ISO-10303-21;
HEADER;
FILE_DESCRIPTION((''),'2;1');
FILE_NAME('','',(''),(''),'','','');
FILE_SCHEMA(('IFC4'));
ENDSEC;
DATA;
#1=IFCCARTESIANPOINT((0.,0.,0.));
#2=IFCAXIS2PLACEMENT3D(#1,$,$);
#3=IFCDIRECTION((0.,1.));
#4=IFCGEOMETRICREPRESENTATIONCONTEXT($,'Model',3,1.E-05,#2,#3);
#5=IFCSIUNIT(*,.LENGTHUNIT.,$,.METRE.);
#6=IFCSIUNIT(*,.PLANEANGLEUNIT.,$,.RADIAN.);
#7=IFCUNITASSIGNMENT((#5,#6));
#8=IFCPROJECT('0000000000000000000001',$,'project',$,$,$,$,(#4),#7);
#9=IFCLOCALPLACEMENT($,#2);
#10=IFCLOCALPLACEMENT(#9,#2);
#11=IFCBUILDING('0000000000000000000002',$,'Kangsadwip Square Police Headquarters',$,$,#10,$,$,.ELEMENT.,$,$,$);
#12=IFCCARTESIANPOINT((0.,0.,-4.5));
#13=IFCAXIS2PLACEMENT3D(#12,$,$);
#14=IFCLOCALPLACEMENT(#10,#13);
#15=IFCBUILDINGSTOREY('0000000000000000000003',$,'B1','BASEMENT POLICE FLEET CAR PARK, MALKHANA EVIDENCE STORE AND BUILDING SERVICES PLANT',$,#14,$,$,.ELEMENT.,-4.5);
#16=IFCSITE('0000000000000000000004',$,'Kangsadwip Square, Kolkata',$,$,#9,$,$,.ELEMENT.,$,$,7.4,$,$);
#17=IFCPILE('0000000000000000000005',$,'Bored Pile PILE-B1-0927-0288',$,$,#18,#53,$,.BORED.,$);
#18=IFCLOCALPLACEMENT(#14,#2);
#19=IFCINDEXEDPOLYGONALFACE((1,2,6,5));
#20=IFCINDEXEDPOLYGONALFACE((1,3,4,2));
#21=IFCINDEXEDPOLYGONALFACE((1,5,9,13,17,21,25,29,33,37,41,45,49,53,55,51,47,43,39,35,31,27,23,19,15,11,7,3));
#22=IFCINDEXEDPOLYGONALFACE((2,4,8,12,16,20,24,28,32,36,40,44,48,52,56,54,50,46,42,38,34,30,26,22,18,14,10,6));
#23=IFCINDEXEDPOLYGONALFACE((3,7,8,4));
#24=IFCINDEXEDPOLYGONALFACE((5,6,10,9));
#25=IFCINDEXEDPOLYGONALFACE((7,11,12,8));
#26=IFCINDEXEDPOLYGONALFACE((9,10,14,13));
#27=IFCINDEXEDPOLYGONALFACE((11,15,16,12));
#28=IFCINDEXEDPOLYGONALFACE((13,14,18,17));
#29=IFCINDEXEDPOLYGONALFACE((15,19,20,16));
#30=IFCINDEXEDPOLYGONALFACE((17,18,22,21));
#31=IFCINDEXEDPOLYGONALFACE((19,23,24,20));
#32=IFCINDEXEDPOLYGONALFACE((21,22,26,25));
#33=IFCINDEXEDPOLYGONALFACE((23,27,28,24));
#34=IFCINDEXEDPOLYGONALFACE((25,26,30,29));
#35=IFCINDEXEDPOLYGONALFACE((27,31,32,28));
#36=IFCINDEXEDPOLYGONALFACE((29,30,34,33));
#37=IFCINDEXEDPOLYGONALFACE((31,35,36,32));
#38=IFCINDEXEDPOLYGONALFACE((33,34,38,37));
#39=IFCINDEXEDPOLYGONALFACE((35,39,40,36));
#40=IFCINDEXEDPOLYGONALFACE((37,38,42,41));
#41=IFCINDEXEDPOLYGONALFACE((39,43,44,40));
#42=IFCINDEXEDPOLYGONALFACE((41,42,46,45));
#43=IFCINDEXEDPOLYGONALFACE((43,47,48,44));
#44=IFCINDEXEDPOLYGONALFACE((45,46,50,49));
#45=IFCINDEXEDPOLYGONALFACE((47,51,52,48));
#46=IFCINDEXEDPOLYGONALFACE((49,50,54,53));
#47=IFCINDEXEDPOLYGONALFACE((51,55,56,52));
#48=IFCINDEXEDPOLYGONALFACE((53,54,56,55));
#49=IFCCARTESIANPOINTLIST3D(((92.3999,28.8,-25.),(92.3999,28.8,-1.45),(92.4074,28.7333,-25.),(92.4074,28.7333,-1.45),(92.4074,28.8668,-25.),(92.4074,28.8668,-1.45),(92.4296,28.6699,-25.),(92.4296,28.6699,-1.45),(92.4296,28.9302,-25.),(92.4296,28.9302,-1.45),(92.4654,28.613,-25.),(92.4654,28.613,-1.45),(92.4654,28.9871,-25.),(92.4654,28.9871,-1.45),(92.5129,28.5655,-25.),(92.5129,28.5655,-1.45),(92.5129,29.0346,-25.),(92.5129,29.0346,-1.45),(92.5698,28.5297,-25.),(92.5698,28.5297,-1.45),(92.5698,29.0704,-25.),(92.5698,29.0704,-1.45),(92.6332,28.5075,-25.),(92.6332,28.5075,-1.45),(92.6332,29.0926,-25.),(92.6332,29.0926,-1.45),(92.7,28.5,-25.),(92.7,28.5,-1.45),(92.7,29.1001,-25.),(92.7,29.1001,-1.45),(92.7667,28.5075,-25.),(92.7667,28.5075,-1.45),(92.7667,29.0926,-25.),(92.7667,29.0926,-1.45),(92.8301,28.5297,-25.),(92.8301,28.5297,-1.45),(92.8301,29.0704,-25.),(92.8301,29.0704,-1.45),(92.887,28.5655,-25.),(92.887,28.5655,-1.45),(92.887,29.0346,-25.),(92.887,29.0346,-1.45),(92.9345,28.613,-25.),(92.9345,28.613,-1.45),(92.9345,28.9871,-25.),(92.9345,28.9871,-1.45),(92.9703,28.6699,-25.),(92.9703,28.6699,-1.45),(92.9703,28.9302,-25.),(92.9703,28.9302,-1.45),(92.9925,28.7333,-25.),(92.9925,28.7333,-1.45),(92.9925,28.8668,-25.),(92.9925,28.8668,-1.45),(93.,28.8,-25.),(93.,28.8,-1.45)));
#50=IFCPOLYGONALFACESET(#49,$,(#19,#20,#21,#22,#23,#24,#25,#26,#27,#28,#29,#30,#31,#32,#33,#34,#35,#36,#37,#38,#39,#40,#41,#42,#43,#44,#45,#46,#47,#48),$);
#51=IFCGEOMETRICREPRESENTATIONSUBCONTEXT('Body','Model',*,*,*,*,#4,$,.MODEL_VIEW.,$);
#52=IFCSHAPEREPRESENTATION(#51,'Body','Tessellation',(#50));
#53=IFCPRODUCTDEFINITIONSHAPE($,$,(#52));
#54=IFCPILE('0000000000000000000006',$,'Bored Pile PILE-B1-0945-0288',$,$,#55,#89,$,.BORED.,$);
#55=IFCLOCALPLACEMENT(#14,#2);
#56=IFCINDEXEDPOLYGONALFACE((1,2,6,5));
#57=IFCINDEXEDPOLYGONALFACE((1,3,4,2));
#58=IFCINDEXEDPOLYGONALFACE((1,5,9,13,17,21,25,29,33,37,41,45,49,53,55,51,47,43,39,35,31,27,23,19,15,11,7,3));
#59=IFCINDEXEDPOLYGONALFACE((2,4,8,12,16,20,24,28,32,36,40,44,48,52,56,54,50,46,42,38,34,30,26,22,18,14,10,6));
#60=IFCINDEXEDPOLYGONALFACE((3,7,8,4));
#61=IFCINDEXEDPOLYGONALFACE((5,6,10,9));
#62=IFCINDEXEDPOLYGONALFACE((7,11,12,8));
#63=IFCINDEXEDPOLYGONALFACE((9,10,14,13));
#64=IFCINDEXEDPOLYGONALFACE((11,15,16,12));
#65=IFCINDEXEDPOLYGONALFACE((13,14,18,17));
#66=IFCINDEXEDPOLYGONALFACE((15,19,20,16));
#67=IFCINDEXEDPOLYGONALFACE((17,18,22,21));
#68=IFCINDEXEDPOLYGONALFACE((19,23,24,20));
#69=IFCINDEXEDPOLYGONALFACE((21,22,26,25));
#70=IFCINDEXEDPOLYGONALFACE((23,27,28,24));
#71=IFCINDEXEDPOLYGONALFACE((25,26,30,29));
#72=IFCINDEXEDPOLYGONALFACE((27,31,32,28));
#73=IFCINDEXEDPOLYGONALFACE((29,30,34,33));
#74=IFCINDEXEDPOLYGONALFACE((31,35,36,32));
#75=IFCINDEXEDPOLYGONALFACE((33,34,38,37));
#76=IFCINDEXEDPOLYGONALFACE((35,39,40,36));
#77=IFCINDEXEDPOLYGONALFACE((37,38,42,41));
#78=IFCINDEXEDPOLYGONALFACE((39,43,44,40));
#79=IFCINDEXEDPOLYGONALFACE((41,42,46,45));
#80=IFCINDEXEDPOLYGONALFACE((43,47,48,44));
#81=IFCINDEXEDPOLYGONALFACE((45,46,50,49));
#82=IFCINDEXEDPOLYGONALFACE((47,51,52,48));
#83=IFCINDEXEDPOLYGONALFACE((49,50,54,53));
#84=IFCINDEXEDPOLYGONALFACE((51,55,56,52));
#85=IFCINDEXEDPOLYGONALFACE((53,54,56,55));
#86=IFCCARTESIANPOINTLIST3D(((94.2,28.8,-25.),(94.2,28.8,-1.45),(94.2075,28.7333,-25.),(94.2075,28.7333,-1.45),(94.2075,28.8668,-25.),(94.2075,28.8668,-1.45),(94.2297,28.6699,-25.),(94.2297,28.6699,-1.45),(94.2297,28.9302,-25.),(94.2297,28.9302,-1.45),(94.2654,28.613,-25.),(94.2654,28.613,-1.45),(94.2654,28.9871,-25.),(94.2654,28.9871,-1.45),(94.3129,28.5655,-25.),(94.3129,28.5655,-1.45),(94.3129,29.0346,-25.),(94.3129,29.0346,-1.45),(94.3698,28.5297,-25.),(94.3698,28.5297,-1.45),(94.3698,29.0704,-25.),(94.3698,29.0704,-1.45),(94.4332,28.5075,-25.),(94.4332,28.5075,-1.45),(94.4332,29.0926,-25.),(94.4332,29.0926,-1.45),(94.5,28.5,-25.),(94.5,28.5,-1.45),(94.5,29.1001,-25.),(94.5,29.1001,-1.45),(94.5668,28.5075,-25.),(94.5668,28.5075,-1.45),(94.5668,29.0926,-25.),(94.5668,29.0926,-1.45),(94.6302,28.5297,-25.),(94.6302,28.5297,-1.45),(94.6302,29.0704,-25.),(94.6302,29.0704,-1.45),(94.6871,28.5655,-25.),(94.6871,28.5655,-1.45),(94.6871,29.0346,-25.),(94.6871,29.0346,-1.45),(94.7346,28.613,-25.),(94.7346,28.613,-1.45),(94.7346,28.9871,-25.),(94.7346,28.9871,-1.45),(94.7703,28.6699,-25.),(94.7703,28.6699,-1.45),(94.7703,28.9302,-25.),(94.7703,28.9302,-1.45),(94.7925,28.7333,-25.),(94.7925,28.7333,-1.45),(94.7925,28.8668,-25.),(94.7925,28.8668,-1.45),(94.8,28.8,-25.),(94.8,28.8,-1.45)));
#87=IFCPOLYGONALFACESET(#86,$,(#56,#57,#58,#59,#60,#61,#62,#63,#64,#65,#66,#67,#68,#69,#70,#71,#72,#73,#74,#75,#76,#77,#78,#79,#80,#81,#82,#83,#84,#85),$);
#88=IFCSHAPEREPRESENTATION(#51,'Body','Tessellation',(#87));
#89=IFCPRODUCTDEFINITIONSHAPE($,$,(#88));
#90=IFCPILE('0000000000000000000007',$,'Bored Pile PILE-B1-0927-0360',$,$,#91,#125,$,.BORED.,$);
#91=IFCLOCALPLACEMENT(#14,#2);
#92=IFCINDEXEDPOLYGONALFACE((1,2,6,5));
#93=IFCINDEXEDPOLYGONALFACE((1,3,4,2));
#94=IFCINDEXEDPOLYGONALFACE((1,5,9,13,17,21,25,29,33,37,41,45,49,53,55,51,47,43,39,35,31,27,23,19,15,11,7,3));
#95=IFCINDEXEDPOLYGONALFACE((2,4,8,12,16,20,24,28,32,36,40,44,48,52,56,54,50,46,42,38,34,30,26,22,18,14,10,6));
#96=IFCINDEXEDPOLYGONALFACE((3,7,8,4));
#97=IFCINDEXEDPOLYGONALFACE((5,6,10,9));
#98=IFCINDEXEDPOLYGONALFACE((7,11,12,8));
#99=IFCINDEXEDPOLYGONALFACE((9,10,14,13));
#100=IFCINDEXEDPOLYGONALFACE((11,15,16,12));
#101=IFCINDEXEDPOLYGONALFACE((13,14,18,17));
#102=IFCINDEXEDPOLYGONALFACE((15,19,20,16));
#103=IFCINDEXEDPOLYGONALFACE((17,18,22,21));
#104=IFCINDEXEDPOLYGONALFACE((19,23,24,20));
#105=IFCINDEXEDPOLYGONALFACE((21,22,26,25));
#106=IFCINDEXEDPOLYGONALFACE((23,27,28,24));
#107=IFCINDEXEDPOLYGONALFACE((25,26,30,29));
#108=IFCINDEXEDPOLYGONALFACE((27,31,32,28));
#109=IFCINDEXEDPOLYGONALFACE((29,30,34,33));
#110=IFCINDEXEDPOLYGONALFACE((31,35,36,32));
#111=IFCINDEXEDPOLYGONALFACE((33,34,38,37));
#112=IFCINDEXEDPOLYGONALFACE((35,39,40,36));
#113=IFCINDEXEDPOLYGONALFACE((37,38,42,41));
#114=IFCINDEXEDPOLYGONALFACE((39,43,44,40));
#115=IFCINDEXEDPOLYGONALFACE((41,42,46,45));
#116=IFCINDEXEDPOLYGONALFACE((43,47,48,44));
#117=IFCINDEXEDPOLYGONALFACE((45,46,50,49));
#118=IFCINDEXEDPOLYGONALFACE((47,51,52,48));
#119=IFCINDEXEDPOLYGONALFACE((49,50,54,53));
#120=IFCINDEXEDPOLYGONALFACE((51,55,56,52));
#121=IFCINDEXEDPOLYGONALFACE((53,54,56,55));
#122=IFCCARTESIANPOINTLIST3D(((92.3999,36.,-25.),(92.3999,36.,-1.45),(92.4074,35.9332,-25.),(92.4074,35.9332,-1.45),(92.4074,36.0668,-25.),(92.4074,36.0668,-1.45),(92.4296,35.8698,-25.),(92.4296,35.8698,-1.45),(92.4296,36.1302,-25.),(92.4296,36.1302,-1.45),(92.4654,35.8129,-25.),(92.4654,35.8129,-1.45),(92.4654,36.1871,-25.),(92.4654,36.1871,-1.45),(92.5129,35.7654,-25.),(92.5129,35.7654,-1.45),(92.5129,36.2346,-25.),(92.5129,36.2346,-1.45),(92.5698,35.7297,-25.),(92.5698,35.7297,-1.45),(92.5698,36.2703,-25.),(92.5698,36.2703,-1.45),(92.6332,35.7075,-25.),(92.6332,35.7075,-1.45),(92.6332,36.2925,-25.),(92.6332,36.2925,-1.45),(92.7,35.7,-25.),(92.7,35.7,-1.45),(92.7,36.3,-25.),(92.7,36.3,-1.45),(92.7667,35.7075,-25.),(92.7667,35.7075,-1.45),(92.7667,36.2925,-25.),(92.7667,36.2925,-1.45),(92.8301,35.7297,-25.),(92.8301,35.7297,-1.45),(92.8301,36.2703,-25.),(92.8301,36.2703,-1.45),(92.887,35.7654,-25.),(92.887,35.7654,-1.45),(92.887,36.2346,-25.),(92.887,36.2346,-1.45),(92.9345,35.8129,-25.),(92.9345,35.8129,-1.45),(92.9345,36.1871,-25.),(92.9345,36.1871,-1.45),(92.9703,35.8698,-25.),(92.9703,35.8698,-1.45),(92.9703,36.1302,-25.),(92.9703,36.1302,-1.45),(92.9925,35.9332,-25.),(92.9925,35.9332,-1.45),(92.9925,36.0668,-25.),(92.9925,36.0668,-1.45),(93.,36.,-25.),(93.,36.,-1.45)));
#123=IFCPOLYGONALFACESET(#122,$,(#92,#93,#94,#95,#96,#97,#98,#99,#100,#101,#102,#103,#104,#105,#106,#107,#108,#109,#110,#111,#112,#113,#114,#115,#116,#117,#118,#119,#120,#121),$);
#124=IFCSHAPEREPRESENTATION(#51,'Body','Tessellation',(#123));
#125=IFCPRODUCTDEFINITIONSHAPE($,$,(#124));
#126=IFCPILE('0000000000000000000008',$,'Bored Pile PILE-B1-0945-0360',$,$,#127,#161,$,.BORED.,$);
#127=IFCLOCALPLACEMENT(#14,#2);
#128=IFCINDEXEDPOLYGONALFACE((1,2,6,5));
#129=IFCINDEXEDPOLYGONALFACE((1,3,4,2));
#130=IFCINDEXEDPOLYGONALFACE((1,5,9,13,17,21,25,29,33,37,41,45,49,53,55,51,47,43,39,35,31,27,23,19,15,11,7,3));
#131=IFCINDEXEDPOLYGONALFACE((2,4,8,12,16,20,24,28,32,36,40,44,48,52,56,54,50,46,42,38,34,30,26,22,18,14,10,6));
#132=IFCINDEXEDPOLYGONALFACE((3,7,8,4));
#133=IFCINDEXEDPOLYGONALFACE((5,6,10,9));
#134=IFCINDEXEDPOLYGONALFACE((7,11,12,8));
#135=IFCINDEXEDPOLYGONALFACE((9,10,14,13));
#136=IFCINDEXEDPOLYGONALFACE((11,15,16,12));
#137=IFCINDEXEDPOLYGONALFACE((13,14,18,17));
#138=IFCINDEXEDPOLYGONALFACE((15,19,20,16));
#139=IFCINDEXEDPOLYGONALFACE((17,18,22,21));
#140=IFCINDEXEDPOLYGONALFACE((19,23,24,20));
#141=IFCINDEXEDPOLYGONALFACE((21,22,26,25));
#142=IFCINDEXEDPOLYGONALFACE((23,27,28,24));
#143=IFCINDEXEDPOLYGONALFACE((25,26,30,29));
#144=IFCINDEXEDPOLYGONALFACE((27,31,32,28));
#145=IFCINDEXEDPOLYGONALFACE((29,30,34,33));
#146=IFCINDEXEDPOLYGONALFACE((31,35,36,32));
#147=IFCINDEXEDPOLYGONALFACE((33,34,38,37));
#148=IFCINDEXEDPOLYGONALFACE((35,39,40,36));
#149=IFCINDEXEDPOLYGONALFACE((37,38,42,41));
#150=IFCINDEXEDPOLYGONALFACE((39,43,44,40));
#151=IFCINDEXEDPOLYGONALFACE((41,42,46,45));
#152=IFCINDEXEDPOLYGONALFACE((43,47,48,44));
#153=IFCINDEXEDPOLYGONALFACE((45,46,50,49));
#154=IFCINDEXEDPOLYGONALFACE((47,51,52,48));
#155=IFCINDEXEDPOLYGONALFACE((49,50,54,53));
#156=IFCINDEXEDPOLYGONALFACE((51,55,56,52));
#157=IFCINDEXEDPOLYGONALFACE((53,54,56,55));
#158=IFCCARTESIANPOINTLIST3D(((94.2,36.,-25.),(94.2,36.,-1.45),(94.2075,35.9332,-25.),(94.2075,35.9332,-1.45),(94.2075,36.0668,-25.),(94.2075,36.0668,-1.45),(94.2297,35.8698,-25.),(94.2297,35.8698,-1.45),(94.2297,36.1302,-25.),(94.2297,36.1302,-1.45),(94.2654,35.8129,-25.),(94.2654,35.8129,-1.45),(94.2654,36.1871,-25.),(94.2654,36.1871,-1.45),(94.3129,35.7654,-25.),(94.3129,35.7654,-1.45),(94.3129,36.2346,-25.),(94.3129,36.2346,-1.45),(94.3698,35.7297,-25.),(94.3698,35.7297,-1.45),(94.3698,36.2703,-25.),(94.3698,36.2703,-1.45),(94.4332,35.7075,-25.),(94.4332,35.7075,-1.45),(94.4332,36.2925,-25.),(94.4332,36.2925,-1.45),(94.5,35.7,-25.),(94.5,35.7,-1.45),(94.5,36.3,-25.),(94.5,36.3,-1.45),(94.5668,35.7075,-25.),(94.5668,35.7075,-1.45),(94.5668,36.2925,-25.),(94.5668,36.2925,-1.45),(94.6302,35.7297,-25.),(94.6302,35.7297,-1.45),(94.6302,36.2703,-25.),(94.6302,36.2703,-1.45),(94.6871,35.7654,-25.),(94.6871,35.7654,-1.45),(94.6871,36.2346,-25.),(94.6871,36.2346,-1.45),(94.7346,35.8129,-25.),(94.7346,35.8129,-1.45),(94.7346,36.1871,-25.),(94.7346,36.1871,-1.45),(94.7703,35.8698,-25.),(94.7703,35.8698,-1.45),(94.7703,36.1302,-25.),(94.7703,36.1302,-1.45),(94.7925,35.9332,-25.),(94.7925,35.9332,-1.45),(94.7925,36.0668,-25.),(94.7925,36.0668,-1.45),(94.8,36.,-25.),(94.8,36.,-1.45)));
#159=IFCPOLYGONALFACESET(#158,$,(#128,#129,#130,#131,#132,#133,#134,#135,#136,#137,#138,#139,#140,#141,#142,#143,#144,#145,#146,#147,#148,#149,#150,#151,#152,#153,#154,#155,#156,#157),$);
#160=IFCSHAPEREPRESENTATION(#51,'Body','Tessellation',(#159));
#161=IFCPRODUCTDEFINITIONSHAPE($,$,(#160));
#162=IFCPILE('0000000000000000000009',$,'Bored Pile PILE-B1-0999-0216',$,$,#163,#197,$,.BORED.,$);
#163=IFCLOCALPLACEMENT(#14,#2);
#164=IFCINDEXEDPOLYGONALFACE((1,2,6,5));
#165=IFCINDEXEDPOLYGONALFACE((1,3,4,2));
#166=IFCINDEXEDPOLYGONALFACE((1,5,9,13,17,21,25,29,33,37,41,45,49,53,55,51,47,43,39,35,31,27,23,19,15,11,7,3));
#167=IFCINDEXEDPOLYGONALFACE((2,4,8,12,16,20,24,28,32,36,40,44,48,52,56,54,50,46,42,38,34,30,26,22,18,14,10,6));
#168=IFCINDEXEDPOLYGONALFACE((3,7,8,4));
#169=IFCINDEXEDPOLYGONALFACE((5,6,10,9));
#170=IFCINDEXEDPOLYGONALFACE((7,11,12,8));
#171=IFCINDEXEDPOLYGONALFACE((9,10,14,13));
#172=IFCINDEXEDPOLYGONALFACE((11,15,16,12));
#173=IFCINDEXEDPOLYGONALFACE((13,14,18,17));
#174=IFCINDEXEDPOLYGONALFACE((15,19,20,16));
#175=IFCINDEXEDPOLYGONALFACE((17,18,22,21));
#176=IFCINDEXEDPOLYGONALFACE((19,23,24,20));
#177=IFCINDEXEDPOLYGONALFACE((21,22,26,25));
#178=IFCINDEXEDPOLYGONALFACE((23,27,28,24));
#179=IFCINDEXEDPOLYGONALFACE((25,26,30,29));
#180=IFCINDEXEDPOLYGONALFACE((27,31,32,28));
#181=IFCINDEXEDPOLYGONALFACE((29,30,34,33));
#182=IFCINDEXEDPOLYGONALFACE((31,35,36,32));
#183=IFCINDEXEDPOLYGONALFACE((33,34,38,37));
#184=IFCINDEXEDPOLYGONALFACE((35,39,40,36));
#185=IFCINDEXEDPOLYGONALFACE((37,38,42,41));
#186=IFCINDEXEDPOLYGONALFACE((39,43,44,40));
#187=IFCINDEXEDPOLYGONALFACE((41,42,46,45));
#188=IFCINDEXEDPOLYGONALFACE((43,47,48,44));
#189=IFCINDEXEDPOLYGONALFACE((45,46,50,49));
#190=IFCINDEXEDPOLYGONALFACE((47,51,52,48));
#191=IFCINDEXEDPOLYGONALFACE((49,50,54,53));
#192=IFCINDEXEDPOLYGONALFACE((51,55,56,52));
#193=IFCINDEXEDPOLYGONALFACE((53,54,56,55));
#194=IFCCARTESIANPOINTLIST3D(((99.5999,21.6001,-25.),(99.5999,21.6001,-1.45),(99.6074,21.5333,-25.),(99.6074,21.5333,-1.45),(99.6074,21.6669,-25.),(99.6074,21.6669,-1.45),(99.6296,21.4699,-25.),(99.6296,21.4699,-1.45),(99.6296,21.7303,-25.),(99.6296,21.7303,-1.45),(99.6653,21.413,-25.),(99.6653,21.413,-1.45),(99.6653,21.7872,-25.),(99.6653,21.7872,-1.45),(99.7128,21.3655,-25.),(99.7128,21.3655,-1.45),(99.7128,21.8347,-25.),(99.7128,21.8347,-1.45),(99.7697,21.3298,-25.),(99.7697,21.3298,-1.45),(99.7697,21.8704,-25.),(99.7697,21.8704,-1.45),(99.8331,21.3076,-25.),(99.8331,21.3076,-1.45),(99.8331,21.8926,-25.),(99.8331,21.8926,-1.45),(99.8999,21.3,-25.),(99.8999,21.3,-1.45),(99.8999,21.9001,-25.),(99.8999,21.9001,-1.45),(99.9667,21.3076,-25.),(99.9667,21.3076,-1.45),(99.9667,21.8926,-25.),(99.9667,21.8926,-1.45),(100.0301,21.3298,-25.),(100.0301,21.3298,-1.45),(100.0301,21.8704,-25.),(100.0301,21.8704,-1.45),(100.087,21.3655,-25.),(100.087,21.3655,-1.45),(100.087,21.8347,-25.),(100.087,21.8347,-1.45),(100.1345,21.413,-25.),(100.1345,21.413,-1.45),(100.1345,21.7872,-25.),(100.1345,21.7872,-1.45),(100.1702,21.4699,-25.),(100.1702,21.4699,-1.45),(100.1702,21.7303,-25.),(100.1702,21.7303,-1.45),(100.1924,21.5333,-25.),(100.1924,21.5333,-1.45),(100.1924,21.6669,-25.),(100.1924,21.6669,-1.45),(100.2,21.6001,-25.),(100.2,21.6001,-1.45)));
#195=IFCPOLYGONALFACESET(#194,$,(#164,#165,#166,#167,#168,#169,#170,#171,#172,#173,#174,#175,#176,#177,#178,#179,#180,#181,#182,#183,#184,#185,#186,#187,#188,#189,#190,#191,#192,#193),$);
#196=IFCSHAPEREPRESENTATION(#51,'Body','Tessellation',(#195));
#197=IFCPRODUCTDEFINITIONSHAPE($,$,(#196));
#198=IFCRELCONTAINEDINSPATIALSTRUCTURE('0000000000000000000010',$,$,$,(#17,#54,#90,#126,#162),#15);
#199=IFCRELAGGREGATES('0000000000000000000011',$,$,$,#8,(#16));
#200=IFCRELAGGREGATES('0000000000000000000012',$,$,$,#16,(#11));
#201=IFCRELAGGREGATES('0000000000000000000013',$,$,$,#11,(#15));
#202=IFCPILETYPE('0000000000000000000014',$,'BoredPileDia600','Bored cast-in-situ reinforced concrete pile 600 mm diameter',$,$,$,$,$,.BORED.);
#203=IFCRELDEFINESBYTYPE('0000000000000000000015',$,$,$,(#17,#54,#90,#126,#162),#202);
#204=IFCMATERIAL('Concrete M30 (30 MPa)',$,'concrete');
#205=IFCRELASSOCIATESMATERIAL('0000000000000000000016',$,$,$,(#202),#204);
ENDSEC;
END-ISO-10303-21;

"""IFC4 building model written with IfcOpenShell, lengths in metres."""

from ifc_helpers import new_model, si_unit, direction, frame, origin, origin_2d, place, context, subcontext, project, spatial, circle, extrude, material, material_profile, profile_set, type_object, element, save


model = new_model("IFC4")

# Units and contexts
model_context = context("Model", 3, precision=1e-05, world=origin(), true_north=direction((0.0, 1.0)))
body_context = subcontext(model_context, "Body", "Model", "MODEL_VIEW")
ifc_project = project(units=[si_unit("LENGTHUNIT", "METRE"), si_unit("PLANEANGLEUNIT", "RADIAN")], contexts=[model_context])

# Site, building, storey
site_placement = place(None, origin())
site = spatial("IfcSite", under=ifc_project, at=site_placement, Name="Kangsadwip Square, Kolkata", CompositionType="ELEMENT", RefElevation=7.4)
building_placement = place(site_placement, origin())
building = spatial("IfcBuilding", under=site, at=building_placement, Name="Kangsadwip Square Police Headquarters", CompositionType="ELEMENT")
storey_placement = place(building_placement, frame((0.0, 0.0, -4.5)))
storey = spatial("IfcBuildingStorey", under=building, at=storey_placement, Name="B1", Description="BASEMENT POLICE FLEET CAR PARK, MALKHANA EVIDENCE STORE AND BUILDING SERVICES PLANT", CompositionType="ELEMENT", Elevation=-4.5)

# Piles
ifc_material_1 = material(Name="Concrete M30 (30 MPa)", Category="concrete")
ifc_material_profile_1 = material_profile(ifc_material_1, circle(Radius=0.3, at=origin_2d()), Name="PILE DIA 600")
ifc_profile_set_1 = profile_set([ifc_material_profile_1], Name="Concrete M30 (30 MPa)")
pile_type = type_object("IfcPileType", Name="BoredPileDia600", Description="Bored cast-in-situ reinforced concrete pile 600 mm diameter", PredefinedType="BORED", material=ifc_profile_set_1)
for number, where, z_axis, x_axis, name in (
    (1, (92.7, 28.8, -1.45), (0.0, 0.0, -1.0), (1.0, 0.0, 0.0), "Bored Pile PILE-B1-0927-0288"),
    (2, (94.5, 28.8, -1.45), (0.0, 0.0, -1.0), (1.0, 0.0, 0.0), "Bored Pile PILE-B1-0945-0288"),
    (3, (92.7, 36.0, -1.45), (0.0, 0.0, -1.0), (1.0, 0.0, 0.0), "Bored Pile PILE-B1-0927-0360"),
    (4, (94.5, 36.0, -1.45), (0.0, 0.0, -1.0), (1.0, 0.0, 0.0), "Bored Pile PILE-B1-0945-0360"),
    (5, (99.8999, 21.6001, -1.45), (0.0, 0.0, -1.0), (1.0, 0.0, 0.0), "Bored Pile PILE-B1-0999-0216"),
):
    element("IfcPile", number, at=place(storey_placement, frame(where, z_axis=z_axis, x_axis=x_axis)), inside=storey, type_object=pile_type, Name=name, PredefinedType="BORED", context=body_context, shape_type="SweptSolid", body=[
        extrude(circle(Radius=0.3, at=origin_2d()), origin(), (0.0, 0.0, 1.0), 23.55),
    ])

save(model, "model.ifc")
